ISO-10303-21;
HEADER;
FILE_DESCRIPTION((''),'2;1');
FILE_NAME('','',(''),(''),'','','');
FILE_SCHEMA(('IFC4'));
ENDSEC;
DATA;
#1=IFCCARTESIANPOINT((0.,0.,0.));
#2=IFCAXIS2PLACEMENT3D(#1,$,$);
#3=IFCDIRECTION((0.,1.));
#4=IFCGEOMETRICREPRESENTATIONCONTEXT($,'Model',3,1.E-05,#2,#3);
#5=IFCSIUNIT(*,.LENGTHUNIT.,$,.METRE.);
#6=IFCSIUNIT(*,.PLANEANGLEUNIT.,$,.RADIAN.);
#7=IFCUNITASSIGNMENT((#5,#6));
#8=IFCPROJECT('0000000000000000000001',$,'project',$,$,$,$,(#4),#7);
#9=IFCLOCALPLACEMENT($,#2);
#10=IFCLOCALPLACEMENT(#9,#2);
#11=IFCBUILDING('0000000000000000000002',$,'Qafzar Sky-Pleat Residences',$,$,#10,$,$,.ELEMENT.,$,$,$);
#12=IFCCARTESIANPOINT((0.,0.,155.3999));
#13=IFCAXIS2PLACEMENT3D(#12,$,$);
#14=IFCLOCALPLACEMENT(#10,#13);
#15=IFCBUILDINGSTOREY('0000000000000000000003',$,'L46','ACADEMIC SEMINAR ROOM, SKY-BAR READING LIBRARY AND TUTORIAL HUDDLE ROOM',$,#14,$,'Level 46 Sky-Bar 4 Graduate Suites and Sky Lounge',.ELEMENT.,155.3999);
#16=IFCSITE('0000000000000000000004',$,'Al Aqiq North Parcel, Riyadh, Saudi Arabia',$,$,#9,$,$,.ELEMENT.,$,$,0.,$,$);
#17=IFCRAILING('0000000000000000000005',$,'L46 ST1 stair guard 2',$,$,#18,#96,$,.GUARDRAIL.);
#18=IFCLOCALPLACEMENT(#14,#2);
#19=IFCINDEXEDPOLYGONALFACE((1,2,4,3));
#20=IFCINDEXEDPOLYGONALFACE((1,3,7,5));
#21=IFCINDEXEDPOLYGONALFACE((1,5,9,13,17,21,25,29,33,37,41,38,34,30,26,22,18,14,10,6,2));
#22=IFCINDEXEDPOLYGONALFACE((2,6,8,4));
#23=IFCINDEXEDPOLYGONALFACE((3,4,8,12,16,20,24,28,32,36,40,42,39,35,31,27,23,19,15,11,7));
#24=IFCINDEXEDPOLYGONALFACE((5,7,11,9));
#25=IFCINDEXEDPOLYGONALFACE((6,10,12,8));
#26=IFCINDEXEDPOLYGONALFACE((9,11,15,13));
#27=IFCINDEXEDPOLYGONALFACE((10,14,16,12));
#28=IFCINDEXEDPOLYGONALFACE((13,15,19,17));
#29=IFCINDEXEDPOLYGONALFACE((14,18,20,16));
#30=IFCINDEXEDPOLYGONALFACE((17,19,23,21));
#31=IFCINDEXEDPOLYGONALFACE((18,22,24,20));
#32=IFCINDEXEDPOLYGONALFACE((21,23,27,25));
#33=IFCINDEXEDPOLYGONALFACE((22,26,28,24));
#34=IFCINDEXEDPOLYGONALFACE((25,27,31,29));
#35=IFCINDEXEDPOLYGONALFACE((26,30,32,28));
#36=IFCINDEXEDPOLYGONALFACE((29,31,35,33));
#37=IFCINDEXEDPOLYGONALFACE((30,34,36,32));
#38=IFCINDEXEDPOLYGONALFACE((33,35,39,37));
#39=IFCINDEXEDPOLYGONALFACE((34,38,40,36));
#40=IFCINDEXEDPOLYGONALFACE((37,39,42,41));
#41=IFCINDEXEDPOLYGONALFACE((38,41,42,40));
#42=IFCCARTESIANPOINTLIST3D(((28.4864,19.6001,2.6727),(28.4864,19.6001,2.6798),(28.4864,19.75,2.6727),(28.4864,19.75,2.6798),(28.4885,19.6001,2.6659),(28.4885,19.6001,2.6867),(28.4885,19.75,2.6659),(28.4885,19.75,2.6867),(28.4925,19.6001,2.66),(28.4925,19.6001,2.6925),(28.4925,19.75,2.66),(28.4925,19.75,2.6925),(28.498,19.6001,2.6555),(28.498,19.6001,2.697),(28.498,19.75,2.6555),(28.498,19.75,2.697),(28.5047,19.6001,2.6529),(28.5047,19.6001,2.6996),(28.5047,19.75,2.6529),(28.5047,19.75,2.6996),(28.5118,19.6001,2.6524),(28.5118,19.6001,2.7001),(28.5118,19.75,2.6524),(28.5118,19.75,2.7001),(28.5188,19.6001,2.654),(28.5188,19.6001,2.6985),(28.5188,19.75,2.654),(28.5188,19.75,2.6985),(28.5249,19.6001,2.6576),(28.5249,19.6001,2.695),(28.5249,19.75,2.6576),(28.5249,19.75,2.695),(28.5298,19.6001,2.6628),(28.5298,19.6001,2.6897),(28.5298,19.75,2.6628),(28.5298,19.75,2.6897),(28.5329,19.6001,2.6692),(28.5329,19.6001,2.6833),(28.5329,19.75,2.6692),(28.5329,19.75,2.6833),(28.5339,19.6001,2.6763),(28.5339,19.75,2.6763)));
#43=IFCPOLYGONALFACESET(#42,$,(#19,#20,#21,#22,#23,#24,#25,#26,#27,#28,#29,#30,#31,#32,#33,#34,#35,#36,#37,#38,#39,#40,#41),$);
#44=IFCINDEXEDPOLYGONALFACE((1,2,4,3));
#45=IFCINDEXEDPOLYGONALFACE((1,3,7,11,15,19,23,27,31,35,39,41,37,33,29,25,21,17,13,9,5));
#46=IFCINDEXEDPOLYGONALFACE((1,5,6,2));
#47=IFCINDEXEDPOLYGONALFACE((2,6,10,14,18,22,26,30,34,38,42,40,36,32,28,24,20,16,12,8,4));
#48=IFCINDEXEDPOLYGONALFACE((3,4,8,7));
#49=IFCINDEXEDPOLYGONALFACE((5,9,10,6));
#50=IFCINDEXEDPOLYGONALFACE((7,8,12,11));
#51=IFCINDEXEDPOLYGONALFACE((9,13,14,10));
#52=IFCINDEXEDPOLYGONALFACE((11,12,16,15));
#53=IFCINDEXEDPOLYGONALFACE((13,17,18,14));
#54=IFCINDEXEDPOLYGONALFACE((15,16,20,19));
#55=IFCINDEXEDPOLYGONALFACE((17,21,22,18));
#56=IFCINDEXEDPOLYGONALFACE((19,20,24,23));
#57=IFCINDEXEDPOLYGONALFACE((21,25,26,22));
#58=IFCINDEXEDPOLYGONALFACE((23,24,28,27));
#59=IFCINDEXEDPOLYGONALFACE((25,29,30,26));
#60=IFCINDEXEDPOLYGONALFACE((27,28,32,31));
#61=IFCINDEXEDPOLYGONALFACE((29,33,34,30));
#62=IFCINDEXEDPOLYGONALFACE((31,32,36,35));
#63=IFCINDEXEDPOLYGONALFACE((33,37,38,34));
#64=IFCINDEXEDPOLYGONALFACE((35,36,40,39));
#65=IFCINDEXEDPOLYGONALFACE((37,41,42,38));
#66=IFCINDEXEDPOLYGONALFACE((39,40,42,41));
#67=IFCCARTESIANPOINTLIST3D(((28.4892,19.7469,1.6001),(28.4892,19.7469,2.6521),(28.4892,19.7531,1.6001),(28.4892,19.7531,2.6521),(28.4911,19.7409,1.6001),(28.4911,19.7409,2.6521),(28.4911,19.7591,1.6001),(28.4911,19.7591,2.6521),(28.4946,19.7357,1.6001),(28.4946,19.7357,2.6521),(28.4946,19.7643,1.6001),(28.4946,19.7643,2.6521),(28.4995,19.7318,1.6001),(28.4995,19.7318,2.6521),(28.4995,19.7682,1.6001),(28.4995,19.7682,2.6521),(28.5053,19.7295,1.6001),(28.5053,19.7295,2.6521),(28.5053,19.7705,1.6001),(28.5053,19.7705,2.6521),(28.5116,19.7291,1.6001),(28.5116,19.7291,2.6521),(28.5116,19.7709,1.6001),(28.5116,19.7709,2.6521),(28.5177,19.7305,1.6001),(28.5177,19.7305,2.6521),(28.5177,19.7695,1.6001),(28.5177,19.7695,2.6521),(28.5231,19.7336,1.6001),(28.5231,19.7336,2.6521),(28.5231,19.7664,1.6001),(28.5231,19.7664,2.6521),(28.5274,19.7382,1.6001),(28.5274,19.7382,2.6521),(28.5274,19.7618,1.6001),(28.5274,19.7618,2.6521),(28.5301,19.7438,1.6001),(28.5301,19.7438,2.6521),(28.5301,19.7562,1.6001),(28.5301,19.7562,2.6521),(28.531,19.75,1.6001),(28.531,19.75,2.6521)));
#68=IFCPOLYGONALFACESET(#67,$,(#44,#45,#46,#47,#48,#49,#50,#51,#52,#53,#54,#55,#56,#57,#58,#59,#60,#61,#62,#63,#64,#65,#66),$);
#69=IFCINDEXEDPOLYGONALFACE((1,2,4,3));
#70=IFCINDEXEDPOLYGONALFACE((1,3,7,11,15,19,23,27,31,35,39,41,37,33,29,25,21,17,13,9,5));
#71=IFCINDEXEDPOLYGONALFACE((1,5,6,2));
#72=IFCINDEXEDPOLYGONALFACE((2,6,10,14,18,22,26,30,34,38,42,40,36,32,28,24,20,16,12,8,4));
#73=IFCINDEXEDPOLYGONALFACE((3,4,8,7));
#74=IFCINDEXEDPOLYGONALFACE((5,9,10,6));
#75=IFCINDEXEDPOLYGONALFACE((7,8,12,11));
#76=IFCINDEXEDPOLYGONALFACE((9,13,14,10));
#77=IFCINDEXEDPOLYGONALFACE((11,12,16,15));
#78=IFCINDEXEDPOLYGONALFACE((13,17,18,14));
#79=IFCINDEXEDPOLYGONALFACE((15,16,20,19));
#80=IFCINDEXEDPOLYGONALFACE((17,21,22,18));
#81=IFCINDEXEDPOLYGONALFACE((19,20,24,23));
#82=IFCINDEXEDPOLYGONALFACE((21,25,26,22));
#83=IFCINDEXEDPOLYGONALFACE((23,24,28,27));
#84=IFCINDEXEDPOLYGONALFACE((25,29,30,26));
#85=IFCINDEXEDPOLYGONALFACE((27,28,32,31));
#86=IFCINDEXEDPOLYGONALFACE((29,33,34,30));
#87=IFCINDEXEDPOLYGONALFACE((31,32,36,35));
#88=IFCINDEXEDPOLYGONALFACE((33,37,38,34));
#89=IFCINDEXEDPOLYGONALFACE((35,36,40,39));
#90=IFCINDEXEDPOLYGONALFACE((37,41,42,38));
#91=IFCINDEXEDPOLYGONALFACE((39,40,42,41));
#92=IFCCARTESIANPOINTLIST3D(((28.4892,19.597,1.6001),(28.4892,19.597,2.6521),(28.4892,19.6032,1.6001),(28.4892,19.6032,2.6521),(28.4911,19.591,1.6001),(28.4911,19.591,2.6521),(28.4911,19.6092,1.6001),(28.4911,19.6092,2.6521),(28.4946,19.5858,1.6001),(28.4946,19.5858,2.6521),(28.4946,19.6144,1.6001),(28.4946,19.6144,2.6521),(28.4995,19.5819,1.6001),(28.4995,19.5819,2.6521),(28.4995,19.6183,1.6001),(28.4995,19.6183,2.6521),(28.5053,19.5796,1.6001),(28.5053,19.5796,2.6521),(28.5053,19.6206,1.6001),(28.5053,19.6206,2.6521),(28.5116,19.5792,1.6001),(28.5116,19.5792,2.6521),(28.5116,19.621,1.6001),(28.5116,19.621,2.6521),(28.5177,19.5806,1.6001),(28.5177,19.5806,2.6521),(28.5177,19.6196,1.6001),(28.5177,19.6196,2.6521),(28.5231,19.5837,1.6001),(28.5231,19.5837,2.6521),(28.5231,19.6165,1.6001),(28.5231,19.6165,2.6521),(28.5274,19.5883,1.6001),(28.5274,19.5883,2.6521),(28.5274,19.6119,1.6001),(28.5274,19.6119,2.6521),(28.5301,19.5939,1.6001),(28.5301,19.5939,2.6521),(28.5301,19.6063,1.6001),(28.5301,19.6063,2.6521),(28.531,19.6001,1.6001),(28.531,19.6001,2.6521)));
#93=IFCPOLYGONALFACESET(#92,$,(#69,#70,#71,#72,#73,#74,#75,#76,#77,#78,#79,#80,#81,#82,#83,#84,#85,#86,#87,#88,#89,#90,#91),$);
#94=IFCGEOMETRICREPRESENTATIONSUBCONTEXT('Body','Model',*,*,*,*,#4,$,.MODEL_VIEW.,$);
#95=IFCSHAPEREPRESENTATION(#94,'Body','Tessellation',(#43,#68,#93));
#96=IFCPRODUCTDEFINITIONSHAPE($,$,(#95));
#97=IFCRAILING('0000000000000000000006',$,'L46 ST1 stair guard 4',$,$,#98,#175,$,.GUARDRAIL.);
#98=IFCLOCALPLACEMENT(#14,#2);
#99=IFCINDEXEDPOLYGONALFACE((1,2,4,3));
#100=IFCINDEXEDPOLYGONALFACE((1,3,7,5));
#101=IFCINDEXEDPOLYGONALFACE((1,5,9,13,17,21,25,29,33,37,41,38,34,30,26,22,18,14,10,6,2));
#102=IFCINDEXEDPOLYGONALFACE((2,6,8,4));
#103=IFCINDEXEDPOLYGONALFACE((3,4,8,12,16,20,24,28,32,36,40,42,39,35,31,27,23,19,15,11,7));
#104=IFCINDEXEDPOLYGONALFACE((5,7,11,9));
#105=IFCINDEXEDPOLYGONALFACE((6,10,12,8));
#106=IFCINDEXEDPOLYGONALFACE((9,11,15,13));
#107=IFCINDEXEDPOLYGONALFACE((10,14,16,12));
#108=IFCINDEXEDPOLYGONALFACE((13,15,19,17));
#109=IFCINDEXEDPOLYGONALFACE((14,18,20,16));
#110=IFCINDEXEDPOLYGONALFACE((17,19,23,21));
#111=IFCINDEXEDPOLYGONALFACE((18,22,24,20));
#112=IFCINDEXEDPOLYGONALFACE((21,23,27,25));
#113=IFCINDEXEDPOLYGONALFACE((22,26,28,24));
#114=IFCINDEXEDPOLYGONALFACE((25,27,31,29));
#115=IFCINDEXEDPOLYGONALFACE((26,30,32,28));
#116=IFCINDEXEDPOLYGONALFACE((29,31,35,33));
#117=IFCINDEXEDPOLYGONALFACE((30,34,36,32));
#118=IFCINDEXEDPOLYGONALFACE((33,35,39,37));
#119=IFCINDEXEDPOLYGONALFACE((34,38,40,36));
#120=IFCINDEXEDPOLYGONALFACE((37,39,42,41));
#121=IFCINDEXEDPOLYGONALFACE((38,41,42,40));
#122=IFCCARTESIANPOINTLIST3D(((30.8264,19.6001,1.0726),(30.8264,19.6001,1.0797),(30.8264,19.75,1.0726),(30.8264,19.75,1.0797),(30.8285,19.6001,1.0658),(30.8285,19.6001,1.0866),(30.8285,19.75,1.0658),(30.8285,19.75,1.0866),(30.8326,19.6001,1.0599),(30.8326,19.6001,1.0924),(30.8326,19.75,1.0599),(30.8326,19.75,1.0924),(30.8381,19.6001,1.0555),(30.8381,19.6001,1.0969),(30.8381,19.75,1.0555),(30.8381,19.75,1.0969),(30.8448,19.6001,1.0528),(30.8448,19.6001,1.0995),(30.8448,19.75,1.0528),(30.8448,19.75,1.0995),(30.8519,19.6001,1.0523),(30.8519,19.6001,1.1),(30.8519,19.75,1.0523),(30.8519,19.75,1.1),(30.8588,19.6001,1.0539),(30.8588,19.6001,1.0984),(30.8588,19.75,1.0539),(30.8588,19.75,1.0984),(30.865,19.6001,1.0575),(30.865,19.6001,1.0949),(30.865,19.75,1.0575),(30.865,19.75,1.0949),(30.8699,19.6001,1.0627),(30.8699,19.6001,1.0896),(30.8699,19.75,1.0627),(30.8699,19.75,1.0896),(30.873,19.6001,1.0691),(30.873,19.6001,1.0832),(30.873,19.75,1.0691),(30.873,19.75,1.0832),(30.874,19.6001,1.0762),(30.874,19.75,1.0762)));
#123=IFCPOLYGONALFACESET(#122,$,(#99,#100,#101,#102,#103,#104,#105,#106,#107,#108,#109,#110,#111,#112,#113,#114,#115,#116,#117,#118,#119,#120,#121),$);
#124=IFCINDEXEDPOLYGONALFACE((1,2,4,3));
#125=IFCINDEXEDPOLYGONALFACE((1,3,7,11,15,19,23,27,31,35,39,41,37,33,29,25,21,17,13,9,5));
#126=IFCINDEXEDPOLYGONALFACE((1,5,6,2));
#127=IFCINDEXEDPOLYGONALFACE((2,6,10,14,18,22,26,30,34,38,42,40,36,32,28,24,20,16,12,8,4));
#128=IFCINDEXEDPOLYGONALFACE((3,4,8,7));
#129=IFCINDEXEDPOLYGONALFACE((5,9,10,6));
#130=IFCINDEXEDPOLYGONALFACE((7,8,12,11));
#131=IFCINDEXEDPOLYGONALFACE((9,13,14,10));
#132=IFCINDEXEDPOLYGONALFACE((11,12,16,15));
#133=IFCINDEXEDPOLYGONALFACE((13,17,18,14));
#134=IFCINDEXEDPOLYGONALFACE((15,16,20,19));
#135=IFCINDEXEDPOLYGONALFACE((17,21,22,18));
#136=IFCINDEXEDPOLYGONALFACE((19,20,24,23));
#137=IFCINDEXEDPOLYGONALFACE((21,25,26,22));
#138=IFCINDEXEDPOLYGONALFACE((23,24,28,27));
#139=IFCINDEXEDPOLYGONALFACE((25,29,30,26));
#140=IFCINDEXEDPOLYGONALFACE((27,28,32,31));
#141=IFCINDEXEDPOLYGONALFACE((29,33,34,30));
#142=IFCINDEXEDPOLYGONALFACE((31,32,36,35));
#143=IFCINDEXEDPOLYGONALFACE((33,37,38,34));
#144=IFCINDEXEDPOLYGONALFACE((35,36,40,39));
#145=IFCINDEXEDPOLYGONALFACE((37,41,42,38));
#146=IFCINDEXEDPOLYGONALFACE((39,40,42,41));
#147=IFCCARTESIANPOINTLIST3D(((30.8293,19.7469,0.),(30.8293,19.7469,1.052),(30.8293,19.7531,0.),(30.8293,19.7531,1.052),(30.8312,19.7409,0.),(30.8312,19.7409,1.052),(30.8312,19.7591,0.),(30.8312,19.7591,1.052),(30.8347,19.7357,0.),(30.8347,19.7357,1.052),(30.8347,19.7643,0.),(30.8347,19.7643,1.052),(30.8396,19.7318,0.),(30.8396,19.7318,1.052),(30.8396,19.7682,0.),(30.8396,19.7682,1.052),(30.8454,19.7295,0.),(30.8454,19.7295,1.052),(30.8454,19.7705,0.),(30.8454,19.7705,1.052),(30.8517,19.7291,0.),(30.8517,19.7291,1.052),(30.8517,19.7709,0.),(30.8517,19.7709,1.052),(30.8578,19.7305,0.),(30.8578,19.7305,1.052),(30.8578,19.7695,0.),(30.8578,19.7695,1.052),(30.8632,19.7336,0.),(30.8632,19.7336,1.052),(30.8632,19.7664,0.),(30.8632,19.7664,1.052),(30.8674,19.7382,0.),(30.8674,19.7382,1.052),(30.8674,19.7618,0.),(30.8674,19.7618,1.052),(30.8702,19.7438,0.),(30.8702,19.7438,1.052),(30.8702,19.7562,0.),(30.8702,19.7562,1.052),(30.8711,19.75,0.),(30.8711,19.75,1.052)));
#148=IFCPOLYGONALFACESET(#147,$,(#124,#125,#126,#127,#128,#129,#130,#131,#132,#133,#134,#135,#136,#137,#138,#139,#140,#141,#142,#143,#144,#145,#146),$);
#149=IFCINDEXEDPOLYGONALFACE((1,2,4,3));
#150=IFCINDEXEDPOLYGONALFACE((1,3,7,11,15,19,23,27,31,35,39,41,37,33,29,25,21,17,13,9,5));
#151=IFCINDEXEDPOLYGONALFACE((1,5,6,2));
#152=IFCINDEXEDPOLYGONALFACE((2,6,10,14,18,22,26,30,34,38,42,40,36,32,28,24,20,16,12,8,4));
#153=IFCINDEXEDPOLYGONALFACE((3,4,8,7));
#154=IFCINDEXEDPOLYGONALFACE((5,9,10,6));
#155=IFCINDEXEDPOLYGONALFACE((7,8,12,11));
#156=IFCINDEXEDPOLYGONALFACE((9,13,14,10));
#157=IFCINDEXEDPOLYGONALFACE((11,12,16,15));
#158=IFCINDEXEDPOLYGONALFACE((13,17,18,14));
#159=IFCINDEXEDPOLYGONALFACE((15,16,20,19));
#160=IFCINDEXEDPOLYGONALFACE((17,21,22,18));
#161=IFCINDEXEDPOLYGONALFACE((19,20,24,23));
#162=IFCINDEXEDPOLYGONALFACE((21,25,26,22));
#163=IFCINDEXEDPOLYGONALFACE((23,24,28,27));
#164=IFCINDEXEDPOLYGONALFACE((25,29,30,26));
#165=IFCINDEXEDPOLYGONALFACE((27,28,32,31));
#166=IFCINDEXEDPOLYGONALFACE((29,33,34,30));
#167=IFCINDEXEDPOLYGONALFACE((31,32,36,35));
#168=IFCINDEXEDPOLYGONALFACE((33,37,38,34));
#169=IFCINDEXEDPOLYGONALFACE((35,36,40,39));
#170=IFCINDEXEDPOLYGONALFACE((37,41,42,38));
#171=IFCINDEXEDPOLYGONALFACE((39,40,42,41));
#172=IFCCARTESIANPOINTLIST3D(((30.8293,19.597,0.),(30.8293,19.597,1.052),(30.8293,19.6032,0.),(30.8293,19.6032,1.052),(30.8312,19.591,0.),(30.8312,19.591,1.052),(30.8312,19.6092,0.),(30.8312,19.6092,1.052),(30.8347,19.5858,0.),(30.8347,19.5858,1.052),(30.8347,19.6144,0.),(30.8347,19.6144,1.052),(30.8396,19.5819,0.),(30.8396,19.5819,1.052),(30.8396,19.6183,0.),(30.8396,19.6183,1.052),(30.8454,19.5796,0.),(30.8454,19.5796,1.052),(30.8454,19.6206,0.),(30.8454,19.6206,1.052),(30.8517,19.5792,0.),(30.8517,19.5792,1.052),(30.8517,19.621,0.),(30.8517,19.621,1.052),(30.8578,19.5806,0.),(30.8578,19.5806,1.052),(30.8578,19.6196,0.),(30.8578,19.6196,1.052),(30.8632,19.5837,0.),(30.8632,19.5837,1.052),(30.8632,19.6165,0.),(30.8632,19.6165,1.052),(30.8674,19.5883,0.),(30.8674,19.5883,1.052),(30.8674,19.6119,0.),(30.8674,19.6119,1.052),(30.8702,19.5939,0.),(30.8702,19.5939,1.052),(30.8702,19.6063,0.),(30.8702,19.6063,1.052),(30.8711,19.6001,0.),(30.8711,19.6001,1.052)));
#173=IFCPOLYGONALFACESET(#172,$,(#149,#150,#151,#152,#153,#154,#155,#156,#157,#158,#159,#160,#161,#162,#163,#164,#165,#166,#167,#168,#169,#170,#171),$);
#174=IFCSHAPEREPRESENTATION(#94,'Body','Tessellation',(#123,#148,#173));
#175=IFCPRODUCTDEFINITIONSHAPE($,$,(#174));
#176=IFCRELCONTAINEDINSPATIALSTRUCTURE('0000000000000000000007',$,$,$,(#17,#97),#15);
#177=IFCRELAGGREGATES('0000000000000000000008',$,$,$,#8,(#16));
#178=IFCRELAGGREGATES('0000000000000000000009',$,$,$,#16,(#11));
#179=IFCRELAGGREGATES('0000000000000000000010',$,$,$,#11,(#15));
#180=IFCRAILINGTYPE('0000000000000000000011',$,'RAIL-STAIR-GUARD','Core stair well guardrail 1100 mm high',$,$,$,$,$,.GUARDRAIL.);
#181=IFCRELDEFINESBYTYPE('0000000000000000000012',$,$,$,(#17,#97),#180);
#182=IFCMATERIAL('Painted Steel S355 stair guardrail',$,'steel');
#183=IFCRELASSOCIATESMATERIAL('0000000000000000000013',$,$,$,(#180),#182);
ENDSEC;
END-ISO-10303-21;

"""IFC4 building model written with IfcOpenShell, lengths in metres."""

from ifc_helpers import new_model, si_unit, direction, frame, origin, origin_2d, place, context, subcontext, project, spatial, circle, extrude, source, transform, mapped, material, type_object, element, save


model = new_model("IFC4")

# Units and contexts
model_context = context("Model", 3, precision=1e-05, world=origin(), true_north=direction((0.0, 1.0)))
body_context = subcontext(model_context, "Body", "Model", "MODEL_VIEW")
ifc_project = project(units=[si_unit("LENGTHUNIT", "METRE"), si_unit("PLANEANGLEUNIT", "RADIAN")], contexts=[model_context])

# Site, building, storey
site_placement = place(None, origin())
site = spatial("IfcSite", under=ifc_project, at=site_placement, Name="Al Aqiq North Parcel, Riyadh, Saudi Arabia", CompositionType="ELEMENT", RefElevation=0.0)
building_placement = place(site_placement, origin())
building = spatial("IfcBuilding", under=site, at=building_placement, Name="Qafzar Sky-Pleat Residences", CompositionType="ELEMENT")
storey_placement = place(building_placement, frame((0.0, 0.0, 155.3999)))
storey = spatial("IfcBuildingStorey", under=building, at=storey_placement, Name="L46", Description="ACADEMIC SEMINAR ROOM, SKY-BAR READING LIBRARY AND TUTORIAL HUDDLE ROOM", LongName="Level 46 Sky-Bar 4 Graduate Suites and Sky Lounge", CompositionType="ELEMENT", Elevation=155.3999)

# Railings
ifc_material_1 = material(Name="Painted Steel S355 stair guardrail", Category="steel")
railing_type_1 = type_object("IfcRailingType", Name="RAIL-STAIR-GUARD", Description="Core stair well guardrail 1100 mm high", PredefinedType="GUARDRAIL", material=ifc_material_1)
shared_shape_1 = source(origin(), body_context, "Body", "SweptSolid", [
    extrude(circle(Radius=0.0239, at=origin_2d()), frame((0.0, 0.0, 1.0762), z_axis=(0.0, -1.0, 0.0), x_axis=(1.0, 0.0, 0.0)), (0.0, 0.0, 1.0), 0.1499),
    extrude(circle(Radius=0.021, at=origin_2d()), origin(), (0.0, 0.0, 1.0), 1.052),
    extrude(circle(Radius=0.021, at=origin_2d()), frame((0.0, -0.1499, 0.0)), (0.0, 0.0, 1.0), 1.052),
])
for number, where, name in (
    (1, (28.51, 19.75, 1.6001), "L46 ST1 stair guard 2"),
    (2, (30.8501, 19.75, 0.0), "L46 ST1 stair guard 4"),
):
    element("IfcRailing", number, at=place(storey_placement, frame(where)), inside=storey, type_object=railing_type_1, Name=name, PredefinedType="GUARDRAIL", context=body_context, shape_type="MappedRepresentation", body=[
        mapped(shared_shape_1, transform((0.0, 0.0, 0.0), x_axis=(1.0, 0.0, 0.0), y_axis=(0.0, 1.0, 0.0), z_axis=(0.0, 0.0, 1.0), scale=1.0)),
    ])

save(model, "model.ifc")
